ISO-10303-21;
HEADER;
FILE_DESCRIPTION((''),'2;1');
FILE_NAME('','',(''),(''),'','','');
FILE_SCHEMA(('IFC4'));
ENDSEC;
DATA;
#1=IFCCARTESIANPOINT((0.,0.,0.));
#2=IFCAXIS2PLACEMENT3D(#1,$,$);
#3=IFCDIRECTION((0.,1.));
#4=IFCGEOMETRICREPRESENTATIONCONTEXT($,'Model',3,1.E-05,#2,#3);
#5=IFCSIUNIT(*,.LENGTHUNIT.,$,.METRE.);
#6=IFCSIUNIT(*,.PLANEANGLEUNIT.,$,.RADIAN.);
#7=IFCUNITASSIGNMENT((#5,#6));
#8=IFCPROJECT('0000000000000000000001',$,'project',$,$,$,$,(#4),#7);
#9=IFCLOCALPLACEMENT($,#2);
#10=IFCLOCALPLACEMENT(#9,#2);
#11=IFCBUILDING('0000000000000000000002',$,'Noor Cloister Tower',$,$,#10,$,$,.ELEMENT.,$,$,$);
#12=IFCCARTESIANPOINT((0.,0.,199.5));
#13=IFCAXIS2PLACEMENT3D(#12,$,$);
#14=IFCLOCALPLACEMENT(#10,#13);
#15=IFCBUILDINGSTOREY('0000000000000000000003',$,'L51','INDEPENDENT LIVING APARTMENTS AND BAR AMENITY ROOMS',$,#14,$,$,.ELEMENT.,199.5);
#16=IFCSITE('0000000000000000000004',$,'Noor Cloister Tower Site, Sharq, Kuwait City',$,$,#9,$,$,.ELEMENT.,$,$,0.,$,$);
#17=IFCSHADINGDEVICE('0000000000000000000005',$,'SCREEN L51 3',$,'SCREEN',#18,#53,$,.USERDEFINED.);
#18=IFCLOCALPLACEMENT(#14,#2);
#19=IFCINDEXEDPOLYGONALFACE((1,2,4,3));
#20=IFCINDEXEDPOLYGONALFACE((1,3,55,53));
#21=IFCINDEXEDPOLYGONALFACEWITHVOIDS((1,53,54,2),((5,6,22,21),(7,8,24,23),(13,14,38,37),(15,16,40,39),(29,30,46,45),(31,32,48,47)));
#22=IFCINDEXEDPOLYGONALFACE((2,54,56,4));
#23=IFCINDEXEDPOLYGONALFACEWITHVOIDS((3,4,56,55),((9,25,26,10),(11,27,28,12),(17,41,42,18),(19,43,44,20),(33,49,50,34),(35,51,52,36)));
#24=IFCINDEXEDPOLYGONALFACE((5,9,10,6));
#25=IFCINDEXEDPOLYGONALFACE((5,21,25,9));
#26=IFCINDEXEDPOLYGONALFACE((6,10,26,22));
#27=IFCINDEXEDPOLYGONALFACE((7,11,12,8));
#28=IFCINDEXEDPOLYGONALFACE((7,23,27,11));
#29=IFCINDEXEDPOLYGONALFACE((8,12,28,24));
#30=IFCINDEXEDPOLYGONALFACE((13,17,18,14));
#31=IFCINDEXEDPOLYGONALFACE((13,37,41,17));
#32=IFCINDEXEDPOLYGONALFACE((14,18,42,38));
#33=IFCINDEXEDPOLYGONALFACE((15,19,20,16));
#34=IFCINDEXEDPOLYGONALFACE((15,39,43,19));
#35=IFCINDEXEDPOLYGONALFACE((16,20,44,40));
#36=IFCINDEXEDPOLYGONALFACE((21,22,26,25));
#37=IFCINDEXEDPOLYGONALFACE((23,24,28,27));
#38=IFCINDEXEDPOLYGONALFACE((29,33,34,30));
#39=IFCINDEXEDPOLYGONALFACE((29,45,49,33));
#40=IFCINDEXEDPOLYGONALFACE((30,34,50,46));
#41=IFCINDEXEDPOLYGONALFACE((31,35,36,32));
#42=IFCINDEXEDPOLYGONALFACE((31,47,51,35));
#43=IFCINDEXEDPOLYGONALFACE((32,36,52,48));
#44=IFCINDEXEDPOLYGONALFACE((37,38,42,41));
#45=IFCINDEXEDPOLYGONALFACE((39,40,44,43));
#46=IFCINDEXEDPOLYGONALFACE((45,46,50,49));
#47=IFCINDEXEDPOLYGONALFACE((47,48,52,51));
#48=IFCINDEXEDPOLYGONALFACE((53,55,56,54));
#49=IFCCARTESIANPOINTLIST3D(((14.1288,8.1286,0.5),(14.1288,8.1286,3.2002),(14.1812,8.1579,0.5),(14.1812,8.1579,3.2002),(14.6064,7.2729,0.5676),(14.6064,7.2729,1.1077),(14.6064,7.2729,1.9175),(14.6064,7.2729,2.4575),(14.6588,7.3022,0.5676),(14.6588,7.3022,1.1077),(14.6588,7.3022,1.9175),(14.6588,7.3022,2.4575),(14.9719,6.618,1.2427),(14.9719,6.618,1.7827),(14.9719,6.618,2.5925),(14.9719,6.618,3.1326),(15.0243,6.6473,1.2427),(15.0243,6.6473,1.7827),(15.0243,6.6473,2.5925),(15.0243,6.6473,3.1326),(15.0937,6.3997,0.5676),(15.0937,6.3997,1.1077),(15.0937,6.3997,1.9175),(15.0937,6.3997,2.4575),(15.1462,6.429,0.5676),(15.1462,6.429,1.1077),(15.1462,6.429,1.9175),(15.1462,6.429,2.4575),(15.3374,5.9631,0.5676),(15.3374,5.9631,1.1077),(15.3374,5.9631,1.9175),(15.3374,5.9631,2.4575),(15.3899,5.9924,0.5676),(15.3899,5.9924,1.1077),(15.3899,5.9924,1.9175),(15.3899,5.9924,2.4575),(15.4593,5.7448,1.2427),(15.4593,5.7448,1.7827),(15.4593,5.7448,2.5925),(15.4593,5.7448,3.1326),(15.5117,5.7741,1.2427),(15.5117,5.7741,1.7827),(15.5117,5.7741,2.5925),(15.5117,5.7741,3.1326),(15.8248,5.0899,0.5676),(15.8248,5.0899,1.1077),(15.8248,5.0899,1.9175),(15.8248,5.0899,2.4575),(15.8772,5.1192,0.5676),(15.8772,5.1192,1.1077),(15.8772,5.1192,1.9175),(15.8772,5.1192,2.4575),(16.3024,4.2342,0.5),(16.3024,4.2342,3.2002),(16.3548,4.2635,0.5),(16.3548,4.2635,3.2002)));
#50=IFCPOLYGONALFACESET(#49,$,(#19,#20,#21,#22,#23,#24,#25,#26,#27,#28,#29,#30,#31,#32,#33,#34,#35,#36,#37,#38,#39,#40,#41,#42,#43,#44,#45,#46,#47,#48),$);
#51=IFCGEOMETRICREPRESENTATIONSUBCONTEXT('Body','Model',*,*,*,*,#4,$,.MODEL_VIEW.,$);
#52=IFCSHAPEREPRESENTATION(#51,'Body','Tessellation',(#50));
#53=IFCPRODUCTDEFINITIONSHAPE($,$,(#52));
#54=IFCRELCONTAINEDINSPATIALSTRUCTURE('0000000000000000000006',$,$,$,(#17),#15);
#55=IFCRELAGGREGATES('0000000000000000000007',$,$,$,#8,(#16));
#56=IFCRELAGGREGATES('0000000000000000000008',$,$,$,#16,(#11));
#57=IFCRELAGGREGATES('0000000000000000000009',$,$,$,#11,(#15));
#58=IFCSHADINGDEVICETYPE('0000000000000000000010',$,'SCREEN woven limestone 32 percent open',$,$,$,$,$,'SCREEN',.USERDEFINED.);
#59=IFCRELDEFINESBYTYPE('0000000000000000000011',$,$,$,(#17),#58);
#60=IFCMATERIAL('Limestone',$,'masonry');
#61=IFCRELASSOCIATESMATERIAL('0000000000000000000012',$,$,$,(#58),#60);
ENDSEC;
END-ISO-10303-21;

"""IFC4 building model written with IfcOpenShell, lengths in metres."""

from ifc_helpers import new_model, si_unit, direction, frame, origin, place, context, subcontext, project, spatial, polyline, outline, extrude, material, material_profile, profile_set, type_object, element, save


model = new_model("IFC4")

# Units and contexts
model_context = context("Model", 3, precision=1e-05, world=origin(), true_north=direction((0.0, 1.0)))
body_context = subcontext(model_context, "Body", "Model", "MODEL_VIEW")
ifc_project = project(units=[si_unit("LENGTHUNIT", "METRE"), si_unit("PLANEANGLEUNIT", "RADIAN")], contexts=[model_context])

# Site, building, storey
site_placement = place(None, origin())
site = spatial("IfcSite", under=ifc_project, at=site_placement, Name="Noor Cloister Tower Site, Sharq, Kuwait City", CompositionType="ELEMENT", RefElevation=0.0)
building_placement = place(site_placement, origin())
building = spatial("IfcBuilding", under=site, at=building_placement, Name="Noor Cloister Tower", CompositionType="ELEMENT")
storey_placement = place(building_placement, frame((0.0, 0.0, 199.5)))
storey = spatial("IfcBuildingStorey", under=building, at=storey_placement, Name="L51", Description="INDEPENDENT LIVING APARTMENTS AND BAR AMENITY ROOMS", CompositionType="ELEMENT", Elevation=199.5)

# Shading device
ifc_material_1 = material(Name="Limestone", Category="masonry")
ifc_material_profile_1 = material_profile(ifc_material_1, outline(polyline([(-2.23, -1.3501), (2.23, -1.3501), (2.23, 1.3501), (-2.23, 1.3501), (-2.23, -1.3501)]), holes=[polyline([(-1.25, -1.2825), (-0.25, -1.2825), (-0.25, -0.7424), (-1.25, -0.7424), (-1.25, -1.2825)]), polyline([(0.25, -1.2825), (1.25, -1.2825), (1.25, -0.7424), (0.25, -0.7424), (0.25, -1.2825)]), polyline([(-0.5, -0.6074), (0.5, -0.6074), (0.5, -0.0674), (-0.5, -0.0674), (-0.5, -0.6074)]), polyline([(-1.25, 0.0674), (-0.25, 0.0674), (-0.25, 0.6074), (-1.25, 0.6074), (-1.25, 0.0674)]), polyline([(0.25, 0.0674), (1.25, 0.0674), (1.25, 0.6074), (0.25, 0.6074), (0.25, 0.0674)]), polyline([(-0.5, 0.7424), (0.5, 0.7424), (0.5, 1.2825), (-0.5, 1.2825), (-0.5, 0.7424)])]), Name="Woven screen 32 percent open")
ifc_profile_set_1 = profile_set([ifc_material_profile_1], Name="Limestone")
shading_device_type = type_object("IfcShadingDeviceType", Name="SCREEN woven limestone 32 percent open", ElementType="SCREEN", PredefinedType="USERDEFINED", material=ifc_profile_set_1)
for number, where, z_axis, x_axis, name in (
    (1, (15.2156, 6.1814, 1.8501), (0.873198, 0.487366, 0.0), (-0.487366, 0.873198, 0.0), "SCREEN L51 3"),
):
    element("IfcShadingDevice", number, at=place(storey_placement, frame(where, z_axis=z_axis, x_axis=x_axis)), inside=storey, type_object=shading_device_type, Name=name, ObjectType="SCREEN", PredefinedType="USERDEFINED", context=body_context, shape_type="SweptSolid", body=[
        extrude(outline(polyline([(-2.23, -1.3501), (2.23, -1.3501), (2.23, 1.3501), (-2.23, 1.3501), (-2.23, -1.3501)]), holes=[polyline([(-1.25, -1.2825), (-0.25, -1.2825), (-0.25, -0.7424), (-1.25, -0.7424), (-1.25, -1.2825)]), polyline([(0.25, -1.2825), (1.25, -1.2825), (1.25, -0.7424), (0.25, -0.7424), (0.25, -1.2825)]), polyline([(-0.5, -0.6074), (0.5, -0.6074), (0.5, -0.0674), (-0.5, -0.0674), (-0.5, -0.6074)]), polyline([(-1.25, 0.0674), (-0.25, 0.0674), (-0.25, 0.6074), (-1.25, 0.6074), (-1.25, 0.0674)]), polyline([(0.25, 0.0674), (1.25, 0.0674), (1.25, 0.6074), (0.25, 0.6074), (0.25, 0.0674)]), polyline([(-0.5, 0.7424), (0.5, 0.7424), (0.5, 1.2825), (-0.5, 1.2825), (-0.5, 0.7424)])]), origin(), (0.0, 0.0, 1.0), 0.0601),
    ])

save(model, "model.ifc")
